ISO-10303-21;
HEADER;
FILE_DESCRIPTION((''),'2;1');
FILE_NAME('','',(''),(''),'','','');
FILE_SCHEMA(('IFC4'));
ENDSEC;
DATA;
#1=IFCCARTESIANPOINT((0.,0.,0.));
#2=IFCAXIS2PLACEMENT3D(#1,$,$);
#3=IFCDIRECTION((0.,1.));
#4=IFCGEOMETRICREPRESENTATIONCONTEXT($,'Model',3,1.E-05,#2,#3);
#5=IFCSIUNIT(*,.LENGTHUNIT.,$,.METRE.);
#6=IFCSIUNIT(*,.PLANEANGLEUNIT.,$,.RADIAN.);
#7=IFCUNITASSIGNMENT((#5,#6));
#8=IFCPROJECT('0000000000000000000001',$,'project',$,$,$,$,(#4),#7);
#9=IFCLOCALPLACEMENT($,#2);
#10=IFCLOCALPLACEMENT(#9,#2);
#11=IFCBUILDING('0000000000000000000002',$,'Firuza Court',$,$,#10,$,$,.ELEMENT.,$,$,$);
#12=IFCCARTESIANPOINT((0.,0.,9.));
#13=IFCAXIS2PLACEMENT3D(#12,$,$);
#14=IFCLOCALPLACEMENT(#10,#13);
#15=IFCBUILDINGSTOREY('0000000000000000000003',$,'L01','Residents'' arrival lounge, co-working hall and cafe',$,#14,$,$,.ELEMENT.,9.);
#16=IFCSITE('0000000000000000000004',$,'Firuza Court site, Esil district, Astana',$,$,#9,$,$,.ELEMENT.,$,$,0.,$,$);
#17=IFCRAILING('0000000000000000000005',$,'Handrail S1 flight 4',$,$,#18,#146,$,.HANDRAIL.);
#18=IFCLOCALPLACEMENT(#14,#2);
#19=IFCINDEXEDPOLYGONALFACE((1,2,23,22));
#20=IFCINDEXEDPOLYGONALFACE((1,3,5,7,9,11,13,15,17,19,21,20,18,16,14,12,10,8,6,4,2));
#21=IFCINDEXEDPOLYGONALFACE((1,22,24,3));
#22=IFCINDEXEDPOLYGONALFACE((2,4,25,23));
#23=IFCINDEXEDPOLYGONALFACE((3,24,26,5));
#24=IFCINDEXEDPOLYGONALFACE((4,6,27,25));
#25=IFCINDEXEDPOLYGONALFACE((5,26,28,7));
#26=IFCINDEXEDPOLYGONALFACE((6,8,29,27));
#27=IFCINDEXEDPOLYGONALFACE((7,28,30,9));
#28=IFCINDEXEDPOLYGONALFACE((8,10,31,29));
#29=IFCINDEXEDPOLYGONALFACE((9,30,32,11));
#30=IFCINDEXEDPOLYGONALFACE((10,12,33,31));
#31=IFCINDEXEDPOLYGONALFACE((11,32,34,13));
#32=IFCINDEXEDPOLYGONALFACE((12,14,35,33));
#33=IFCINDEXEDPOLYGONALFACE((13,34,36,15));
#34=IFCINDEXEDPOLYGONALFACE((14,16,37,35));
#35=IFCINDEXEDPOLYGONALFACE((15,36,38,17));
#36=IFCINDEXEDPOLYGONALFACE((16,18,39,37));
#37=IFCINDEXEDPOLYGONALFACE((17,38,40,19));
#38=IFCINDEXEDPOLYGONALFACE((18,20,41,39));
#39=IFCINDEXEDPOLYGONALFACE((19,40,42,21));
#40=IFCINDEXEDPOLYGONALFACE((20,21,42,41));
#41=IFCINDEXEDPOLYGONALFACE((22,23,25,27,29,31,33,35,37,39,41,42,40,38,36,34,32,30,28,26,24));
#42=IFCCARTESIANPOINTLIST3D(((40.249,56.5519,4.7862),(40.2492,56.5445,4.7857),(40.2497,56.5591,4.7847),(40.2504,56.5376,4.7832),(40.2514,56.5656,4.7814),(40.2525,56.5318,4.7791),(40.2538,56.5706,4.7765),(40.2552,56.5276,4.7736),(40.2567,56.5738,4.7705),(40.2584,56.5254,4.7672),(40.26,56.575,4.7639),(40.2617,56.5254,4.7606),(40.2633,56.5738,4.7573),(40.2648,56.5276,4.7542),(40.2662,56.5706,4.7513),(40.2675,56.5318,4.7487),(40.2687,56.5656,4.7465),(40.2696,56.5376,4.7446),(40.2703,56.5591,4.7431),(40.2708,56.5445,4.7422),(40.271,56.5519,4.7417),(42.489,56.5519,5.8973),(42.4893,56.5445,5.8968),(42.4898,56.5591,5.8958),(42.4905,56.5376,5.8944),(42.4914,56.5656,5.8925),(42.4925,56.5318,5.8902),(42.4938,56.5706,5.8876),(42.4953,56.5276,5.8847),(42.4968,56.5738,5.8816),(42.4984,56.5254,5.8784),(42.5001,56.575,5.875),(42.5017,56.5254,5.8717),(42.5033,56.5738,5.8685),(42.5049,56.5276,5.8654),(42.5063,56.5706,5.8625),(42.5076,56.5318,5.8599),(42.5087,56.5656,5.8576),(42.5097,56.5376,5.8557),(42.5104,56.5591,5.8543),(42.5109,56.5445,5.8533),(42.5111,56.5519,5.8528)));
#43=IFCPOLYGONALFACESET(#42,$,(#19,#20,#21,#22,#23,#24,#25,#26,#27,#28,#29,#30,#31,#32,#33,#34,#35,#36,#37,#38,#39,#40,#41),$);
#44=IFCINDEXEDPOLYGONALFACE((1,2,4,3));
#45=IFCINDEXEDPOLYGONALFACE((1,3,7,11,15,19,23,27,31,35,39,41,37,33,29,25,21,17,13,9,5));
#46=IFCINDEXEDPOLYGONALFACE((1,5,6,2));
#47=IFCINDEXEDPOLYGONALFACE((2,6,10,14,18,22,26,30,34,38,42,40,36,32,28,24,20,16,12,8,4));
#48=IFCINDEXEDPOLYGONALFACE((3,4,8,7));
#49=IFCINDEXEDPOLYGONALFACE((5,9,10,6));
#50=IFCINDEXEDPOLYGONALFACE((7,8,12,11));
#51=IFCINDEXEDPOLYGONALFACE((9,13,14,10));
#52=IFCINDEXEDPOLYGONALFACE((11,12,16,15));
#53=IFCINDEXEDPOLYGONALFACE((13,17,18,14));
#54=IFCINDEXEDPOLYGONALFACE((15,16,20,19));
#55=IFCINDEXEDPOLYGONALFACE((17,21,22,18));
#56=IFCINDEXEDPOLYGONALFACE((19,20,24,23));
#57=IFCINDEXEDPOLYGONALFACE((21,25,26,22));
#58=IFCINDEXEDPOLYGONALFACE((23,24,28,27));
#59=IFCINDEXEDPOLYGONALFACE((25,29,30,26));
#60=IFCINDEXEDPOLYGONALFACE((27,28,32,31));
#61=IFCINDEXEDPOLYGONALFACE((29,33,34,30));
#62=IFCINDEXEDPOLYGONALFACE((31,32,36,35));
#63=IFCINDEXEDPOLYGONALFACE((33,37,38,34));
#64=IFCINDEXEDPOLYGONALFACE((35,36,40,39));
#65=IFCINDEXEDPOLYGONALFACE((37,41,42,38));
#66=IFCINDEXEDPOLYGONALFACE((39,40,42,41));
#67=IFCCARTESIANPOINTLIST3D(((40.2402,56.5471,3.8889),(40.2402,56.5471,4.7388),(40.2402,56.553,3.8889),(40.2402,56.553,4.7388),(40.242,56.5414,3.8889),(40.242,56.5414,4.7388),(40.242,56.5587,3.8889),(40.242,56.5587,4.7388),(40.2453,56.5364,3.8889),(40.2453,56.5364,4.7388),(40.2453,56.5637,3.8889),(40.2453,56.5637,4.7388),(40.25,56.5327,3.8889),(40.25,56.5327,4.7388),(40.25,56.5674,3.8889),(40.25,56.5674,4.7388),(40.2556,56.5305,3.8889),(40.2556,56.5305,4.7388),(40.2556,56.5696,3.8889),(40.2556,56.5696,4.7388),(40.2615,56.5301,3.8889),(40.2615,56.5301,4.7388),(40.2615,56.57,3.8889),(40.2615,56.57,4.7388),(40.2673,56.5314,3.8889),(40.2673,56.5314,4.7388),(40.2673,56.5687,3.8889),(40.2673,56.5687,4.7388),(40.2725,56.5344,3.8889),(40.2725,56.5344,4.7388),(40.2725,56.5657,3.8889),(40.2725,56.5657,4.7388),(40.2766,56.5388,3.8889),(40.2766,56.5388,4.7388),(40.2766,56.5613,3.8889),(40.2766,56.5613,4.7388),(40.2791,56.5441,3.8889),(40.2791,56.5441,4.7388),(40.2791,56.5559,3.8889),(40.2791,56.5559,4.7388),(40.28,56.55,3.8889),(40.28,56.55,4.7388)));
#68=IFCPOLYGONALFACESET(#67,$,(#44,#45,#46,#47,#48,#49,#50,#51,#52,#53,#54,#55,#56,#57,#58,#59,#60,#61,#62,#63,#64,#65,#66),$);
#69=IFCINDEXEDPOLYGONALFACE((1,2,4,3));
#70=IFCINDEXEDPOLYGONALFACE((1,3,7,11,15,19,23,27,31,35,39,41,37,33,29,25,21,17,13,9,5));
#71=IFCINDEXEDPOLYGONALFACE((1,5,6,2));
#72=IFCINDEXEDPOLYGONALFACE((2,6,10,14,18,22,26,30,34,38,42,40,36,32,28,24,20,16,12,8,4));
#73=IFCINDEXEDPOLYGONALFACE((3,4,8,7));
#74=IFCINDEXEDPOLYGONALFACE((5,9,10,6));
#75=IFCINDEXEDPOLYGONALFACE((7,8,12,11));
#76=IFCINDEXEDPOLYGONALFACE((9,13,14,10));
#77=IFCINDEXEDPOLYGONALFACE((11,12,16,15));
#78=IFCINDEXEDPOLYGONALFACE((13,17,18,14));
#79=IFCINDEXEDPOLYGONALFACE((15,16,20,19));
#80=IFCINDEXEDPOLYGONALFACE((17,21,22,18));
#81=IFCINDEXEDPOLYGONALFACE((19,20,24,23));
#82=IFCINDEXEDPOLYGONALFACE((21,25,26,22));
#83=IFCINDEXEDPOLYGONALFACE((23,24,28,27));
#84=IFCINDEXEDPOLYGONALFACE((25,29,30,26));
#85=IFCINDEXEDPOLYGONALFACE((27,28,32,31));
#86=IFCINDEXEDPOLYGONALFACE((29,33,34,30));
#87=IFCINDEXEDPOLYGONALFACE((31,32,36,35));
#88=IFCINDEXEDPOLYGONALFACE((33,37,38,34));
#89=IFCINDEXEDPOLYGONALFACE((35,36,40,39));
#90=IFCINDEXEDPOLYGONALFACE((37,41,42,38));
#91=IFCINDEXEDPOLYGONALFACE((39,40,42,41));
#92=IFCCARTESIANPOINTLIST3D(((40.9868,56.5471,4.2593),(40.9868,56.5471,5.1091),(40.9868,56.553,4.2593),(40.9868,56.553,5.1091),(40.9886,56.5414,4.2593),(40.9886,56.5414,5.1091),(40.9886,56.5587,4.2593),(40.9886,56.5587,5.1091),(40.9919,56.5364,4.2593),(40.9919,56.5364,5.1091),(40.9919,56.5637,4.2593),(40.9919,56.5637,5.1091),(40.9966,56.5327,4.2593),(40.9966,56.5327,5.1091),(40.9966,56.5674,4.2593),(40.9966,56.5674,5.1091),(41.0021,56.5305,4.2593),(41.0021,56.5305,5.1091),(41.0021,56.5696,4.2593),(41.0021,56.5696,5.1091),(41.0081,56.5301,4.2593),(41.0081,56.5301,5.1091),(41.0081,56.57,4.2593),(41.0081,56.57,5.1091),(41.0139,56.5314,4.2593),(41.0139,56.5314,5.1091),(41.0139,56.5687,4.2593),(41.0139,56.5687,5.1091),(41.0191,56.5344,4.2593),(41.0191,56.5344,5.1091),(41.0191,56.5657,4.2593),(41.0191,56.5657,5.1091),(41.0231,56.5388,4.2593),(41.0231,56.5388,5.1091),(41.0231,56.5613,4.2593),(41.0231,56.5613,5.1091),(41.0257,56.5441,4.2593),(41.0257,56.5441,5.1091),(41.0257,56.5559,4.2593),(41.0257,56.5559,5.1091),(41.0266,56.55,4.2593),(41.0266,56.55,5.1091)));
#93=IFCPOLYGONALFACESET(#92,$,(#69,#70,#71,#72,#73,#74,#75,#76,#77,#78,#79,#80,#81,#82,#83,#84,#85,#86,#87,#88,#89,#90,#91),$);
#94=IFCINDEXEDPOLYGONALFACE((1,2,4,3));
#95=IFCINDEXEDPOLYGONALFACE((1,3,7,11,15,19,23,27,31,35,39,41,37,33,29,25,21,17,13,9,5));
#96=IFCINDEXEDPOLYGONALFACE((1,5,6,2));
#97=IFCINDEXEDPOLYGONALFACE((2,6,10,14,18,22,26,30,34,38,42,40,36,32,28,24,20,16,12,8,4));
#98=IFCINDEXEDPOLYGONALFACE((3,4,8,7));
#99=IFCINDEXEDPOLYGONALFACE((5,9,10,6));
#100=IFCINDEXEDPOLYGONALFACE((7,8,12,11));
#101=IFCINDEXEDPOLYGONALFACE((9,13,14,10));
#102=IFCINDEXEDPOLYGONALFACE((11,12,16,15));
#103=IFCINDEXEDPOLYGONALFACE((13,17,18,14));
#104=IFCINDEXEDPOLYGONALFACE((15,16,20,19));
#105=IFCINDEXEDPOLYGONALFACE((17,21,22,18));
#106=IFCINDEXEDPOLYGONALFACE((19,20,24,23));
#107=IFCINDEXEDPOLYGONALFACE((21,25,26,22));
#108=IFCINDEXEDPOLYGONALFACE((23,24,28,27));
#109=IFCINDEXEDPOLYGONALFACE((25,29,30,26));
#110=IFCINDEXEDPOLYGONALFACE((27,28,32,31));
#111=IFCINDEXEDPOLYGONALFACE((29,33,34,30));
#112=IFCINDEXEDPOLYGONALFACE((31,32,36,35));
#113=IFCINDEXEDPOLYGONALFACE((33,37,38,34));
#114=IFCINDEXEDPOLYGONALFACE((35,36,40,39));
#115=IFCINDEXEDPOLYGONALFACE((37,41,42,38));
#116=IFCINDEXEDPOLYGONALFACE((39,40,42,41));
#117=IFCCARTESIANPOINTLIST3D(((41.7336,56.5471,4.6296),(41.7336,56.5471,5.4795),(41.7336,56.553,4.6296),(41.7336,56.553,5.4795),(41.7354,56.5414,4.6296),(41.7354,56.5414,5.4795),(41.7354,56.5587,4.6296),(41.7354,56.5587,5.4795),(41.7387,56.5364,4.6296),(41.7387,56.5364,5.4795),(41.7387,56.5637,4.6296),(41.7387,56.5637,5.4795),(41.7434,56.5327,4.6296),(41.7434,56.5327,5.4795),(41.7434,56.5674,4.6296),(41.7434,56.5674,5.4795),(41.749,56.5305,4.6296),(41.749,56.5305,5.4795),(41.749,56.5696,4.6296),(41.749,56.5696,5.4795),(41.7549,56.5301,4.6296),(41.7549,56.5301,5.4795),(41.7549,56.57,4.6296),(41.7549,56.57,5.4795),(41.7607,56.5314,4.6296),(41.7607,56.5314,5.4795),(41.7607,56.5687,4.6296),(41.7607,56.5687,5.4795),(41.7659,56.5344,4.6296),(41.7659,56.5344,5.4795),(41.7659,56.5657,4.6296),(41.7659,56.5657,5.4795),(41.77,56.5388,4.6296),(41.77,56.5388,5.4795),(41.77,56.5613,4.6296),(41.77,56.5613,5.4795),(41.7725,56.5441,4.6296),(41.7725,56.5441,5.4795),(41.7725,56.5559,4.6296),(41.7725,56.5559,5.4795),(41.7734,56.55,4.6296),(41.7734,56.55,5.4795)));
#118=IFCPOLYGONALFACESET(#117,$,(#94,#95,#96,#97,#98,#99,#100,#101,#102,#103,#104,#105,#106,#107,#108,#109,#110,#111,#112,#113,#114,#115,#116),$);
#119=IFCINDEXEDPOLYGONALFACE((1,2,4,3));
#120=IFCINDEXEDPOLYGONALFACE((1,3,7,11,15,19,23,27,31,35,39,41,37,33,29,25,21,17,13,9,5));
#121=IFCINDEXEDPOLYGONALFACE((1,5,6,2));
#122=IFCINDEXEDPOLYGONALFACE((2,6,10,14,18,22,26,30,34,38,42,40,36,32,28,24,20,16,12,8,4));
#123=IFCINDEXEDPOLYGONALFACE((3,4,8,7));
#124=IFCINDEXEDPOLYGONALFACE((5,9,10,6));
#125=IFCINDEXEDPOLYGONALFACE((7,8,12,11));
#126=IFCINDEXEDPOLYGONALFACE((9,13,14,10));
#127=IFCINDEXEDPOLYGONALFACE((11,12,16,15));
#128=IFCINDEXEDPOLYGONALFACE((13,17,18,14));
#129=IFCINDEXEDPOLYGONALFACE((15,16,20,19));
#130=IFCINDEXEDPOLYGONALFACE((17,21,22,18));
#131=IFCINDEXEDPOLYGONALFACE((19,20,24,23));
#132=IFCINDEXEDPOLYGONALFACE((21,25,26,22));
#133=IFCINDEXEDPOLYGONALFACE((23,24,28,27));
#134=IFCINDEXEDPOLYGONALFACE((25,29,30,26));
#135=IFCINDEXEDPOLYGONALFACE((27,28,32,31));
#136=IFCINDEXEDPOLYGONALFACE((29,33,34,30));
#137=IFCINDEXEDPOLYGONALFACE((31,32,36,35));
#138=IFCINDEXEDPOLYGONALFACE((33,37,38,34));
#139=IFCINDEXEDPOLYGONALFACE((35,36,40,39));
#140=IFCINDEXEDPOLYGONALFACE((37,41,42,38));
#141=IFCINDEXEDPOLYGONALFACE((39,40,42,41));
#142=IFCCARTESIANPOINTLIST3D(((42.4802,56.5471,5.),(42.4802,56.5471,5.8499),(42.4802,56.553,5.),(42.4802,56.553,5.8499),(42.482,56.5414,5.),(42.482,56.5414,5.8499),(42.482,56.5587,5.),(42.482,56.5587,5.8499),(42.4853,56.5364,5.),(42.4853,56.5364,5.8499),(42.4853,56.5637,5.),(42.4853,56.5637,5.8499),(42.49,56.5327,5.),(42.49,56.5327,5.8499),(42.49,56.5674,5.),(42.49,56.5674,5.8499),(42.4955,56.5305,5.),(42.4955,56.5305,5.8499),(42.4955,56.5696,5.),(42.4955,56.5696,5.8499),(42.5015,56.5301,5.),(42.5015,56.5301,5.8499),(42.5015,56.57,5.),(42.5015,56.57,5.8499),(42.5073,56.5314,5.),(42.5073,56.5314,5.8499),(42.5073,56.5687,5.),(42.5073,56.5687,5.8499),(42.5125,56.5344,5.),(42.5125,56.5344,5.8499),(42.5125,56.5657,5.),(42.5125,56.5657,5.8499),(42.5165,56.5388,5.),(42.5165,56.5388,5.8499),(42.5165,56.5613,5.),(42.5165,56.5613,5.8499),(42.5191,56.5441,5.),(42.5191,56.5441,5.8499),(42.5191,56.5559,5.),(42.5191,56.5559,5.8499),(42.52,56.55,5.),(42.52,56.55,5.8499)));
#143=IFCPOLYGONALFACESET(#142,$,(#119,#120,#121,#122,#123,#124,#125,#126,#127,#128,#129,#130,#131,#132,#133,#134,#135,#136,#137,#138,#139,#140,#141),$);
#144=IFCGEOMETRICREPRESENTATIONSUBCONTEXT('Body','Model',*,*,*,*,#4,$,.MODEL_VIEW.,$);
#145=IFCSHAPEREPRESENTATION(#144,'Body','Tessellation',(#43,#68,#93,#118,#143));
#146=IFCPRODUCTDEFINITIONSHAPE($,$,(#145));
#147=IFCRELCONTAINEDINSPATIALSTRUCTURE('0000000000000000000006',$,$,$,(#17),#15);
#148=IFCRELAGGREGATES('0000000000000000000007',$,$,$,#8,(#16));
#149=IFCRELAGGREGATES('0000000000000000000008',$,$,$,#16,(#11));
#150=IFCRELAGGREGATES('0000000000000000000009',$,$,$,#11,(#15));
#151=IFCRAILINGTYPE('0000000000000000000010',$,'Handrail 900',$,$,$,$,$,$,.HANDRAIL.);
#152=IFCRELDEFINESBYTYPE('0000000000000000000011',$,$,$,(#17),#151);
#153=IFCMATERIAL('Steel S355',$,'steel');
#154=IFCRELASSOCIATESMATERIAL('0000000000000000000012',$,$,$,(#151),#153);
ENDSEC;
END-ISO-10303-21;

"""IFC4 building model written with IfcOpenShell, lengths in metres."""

from ifc_helpers import new_model, si_unit, direction, frame, origin, origin_2d, place, context, subcontext, project, spatial, circle, extrude, material, type_object, element, save


model = new_model("IFC4")

# Units and contexts
model_context = context("Model", 3, precision=1e-05, world=origin(), true_north=direction((0.0, 1.0)))
body_context = subcontext(model_context, "Body", "Model", "MODEL_VIEW")
ifc_project = project(units=[si_unit("LENGTHUNIT", "METRE"), si_unit("PLANEANGLEUNIT", "RADIAN")], contexts=[model_context])

# Site, building, storey
site_placement = place(None, origin())
site = spatial("IfcSite", under=ifc_project, at=site_placement, Name="Firuza Court site, Esil district, Astana", CompositionType="ELEMENT", RefElevation=0.0)
building_placement = place(site_placement, origin())
building = spatial("IfcBuilding", under=site, at=building_placement, Name="Firuza Court", CompositionType="ELEMENT")
storey_placement = place(building_placement, frame((0.0, 0.0, 9.0)))
storey = spatial("IfcBuildingStorey", under=building, at=storey_placement, Name="L01", Description="Residents' arrival lounge, co-working hall and cafe", CompositionType="ELEMENT", Elevation=9.0)

# Railing
ifc_material_1 = material(Name="Steel S355", Category="steel")
railing_type = type_object("IfcRailingType", Name="Handrail 900", PredefinedType="HANDRAIL", material=ifc_material_1)
for number, where, name in (
    (1, (40.26, 56.55, 3.8889), "Handrail S1 flight 4"),
):
    element("IfcRailing", number, at=place(storey_placement, frame(where)), inside=storey, type_object=railing_type, Name=name, PredefinedType="HANDRAIL", context=body_context, shape_type="SweptSolid", body=[
        extrude(circle(Radius=0.0249, at=origin_2d()), frame((0.0, 0.0, 0.875), z_axis=(0.895848, 0.0, 0.44436), x_axis=(0.0, 1.0, 0.0)), (0.0, 0.0, 1.0), 2.5005),
        extrude(circle(Radius=0.02, at=origin_2d()), origin(), (0.0, 0.0, 1.0), 0.8499),
        extrude(circle(Radius=0.02, at=origin_2d()), frame((0.7466, 0.0, 0.3704)), (0.0, 0.0, 1.0), 0.8499),
        extrude(circle(Radius=0.02, at=origin_2d()), frame((1.4934, 0.0, 0.7407)), (0.0, 0.0, 1.0), 0.8499),
        extrude(circle(Radius=0.02, at=origin_2d()), frame((2.24, 0.0, 1.1111)), (0.0, 0.0, 1.0), 0.8499),
    ])

save(model, "model.ifc")
